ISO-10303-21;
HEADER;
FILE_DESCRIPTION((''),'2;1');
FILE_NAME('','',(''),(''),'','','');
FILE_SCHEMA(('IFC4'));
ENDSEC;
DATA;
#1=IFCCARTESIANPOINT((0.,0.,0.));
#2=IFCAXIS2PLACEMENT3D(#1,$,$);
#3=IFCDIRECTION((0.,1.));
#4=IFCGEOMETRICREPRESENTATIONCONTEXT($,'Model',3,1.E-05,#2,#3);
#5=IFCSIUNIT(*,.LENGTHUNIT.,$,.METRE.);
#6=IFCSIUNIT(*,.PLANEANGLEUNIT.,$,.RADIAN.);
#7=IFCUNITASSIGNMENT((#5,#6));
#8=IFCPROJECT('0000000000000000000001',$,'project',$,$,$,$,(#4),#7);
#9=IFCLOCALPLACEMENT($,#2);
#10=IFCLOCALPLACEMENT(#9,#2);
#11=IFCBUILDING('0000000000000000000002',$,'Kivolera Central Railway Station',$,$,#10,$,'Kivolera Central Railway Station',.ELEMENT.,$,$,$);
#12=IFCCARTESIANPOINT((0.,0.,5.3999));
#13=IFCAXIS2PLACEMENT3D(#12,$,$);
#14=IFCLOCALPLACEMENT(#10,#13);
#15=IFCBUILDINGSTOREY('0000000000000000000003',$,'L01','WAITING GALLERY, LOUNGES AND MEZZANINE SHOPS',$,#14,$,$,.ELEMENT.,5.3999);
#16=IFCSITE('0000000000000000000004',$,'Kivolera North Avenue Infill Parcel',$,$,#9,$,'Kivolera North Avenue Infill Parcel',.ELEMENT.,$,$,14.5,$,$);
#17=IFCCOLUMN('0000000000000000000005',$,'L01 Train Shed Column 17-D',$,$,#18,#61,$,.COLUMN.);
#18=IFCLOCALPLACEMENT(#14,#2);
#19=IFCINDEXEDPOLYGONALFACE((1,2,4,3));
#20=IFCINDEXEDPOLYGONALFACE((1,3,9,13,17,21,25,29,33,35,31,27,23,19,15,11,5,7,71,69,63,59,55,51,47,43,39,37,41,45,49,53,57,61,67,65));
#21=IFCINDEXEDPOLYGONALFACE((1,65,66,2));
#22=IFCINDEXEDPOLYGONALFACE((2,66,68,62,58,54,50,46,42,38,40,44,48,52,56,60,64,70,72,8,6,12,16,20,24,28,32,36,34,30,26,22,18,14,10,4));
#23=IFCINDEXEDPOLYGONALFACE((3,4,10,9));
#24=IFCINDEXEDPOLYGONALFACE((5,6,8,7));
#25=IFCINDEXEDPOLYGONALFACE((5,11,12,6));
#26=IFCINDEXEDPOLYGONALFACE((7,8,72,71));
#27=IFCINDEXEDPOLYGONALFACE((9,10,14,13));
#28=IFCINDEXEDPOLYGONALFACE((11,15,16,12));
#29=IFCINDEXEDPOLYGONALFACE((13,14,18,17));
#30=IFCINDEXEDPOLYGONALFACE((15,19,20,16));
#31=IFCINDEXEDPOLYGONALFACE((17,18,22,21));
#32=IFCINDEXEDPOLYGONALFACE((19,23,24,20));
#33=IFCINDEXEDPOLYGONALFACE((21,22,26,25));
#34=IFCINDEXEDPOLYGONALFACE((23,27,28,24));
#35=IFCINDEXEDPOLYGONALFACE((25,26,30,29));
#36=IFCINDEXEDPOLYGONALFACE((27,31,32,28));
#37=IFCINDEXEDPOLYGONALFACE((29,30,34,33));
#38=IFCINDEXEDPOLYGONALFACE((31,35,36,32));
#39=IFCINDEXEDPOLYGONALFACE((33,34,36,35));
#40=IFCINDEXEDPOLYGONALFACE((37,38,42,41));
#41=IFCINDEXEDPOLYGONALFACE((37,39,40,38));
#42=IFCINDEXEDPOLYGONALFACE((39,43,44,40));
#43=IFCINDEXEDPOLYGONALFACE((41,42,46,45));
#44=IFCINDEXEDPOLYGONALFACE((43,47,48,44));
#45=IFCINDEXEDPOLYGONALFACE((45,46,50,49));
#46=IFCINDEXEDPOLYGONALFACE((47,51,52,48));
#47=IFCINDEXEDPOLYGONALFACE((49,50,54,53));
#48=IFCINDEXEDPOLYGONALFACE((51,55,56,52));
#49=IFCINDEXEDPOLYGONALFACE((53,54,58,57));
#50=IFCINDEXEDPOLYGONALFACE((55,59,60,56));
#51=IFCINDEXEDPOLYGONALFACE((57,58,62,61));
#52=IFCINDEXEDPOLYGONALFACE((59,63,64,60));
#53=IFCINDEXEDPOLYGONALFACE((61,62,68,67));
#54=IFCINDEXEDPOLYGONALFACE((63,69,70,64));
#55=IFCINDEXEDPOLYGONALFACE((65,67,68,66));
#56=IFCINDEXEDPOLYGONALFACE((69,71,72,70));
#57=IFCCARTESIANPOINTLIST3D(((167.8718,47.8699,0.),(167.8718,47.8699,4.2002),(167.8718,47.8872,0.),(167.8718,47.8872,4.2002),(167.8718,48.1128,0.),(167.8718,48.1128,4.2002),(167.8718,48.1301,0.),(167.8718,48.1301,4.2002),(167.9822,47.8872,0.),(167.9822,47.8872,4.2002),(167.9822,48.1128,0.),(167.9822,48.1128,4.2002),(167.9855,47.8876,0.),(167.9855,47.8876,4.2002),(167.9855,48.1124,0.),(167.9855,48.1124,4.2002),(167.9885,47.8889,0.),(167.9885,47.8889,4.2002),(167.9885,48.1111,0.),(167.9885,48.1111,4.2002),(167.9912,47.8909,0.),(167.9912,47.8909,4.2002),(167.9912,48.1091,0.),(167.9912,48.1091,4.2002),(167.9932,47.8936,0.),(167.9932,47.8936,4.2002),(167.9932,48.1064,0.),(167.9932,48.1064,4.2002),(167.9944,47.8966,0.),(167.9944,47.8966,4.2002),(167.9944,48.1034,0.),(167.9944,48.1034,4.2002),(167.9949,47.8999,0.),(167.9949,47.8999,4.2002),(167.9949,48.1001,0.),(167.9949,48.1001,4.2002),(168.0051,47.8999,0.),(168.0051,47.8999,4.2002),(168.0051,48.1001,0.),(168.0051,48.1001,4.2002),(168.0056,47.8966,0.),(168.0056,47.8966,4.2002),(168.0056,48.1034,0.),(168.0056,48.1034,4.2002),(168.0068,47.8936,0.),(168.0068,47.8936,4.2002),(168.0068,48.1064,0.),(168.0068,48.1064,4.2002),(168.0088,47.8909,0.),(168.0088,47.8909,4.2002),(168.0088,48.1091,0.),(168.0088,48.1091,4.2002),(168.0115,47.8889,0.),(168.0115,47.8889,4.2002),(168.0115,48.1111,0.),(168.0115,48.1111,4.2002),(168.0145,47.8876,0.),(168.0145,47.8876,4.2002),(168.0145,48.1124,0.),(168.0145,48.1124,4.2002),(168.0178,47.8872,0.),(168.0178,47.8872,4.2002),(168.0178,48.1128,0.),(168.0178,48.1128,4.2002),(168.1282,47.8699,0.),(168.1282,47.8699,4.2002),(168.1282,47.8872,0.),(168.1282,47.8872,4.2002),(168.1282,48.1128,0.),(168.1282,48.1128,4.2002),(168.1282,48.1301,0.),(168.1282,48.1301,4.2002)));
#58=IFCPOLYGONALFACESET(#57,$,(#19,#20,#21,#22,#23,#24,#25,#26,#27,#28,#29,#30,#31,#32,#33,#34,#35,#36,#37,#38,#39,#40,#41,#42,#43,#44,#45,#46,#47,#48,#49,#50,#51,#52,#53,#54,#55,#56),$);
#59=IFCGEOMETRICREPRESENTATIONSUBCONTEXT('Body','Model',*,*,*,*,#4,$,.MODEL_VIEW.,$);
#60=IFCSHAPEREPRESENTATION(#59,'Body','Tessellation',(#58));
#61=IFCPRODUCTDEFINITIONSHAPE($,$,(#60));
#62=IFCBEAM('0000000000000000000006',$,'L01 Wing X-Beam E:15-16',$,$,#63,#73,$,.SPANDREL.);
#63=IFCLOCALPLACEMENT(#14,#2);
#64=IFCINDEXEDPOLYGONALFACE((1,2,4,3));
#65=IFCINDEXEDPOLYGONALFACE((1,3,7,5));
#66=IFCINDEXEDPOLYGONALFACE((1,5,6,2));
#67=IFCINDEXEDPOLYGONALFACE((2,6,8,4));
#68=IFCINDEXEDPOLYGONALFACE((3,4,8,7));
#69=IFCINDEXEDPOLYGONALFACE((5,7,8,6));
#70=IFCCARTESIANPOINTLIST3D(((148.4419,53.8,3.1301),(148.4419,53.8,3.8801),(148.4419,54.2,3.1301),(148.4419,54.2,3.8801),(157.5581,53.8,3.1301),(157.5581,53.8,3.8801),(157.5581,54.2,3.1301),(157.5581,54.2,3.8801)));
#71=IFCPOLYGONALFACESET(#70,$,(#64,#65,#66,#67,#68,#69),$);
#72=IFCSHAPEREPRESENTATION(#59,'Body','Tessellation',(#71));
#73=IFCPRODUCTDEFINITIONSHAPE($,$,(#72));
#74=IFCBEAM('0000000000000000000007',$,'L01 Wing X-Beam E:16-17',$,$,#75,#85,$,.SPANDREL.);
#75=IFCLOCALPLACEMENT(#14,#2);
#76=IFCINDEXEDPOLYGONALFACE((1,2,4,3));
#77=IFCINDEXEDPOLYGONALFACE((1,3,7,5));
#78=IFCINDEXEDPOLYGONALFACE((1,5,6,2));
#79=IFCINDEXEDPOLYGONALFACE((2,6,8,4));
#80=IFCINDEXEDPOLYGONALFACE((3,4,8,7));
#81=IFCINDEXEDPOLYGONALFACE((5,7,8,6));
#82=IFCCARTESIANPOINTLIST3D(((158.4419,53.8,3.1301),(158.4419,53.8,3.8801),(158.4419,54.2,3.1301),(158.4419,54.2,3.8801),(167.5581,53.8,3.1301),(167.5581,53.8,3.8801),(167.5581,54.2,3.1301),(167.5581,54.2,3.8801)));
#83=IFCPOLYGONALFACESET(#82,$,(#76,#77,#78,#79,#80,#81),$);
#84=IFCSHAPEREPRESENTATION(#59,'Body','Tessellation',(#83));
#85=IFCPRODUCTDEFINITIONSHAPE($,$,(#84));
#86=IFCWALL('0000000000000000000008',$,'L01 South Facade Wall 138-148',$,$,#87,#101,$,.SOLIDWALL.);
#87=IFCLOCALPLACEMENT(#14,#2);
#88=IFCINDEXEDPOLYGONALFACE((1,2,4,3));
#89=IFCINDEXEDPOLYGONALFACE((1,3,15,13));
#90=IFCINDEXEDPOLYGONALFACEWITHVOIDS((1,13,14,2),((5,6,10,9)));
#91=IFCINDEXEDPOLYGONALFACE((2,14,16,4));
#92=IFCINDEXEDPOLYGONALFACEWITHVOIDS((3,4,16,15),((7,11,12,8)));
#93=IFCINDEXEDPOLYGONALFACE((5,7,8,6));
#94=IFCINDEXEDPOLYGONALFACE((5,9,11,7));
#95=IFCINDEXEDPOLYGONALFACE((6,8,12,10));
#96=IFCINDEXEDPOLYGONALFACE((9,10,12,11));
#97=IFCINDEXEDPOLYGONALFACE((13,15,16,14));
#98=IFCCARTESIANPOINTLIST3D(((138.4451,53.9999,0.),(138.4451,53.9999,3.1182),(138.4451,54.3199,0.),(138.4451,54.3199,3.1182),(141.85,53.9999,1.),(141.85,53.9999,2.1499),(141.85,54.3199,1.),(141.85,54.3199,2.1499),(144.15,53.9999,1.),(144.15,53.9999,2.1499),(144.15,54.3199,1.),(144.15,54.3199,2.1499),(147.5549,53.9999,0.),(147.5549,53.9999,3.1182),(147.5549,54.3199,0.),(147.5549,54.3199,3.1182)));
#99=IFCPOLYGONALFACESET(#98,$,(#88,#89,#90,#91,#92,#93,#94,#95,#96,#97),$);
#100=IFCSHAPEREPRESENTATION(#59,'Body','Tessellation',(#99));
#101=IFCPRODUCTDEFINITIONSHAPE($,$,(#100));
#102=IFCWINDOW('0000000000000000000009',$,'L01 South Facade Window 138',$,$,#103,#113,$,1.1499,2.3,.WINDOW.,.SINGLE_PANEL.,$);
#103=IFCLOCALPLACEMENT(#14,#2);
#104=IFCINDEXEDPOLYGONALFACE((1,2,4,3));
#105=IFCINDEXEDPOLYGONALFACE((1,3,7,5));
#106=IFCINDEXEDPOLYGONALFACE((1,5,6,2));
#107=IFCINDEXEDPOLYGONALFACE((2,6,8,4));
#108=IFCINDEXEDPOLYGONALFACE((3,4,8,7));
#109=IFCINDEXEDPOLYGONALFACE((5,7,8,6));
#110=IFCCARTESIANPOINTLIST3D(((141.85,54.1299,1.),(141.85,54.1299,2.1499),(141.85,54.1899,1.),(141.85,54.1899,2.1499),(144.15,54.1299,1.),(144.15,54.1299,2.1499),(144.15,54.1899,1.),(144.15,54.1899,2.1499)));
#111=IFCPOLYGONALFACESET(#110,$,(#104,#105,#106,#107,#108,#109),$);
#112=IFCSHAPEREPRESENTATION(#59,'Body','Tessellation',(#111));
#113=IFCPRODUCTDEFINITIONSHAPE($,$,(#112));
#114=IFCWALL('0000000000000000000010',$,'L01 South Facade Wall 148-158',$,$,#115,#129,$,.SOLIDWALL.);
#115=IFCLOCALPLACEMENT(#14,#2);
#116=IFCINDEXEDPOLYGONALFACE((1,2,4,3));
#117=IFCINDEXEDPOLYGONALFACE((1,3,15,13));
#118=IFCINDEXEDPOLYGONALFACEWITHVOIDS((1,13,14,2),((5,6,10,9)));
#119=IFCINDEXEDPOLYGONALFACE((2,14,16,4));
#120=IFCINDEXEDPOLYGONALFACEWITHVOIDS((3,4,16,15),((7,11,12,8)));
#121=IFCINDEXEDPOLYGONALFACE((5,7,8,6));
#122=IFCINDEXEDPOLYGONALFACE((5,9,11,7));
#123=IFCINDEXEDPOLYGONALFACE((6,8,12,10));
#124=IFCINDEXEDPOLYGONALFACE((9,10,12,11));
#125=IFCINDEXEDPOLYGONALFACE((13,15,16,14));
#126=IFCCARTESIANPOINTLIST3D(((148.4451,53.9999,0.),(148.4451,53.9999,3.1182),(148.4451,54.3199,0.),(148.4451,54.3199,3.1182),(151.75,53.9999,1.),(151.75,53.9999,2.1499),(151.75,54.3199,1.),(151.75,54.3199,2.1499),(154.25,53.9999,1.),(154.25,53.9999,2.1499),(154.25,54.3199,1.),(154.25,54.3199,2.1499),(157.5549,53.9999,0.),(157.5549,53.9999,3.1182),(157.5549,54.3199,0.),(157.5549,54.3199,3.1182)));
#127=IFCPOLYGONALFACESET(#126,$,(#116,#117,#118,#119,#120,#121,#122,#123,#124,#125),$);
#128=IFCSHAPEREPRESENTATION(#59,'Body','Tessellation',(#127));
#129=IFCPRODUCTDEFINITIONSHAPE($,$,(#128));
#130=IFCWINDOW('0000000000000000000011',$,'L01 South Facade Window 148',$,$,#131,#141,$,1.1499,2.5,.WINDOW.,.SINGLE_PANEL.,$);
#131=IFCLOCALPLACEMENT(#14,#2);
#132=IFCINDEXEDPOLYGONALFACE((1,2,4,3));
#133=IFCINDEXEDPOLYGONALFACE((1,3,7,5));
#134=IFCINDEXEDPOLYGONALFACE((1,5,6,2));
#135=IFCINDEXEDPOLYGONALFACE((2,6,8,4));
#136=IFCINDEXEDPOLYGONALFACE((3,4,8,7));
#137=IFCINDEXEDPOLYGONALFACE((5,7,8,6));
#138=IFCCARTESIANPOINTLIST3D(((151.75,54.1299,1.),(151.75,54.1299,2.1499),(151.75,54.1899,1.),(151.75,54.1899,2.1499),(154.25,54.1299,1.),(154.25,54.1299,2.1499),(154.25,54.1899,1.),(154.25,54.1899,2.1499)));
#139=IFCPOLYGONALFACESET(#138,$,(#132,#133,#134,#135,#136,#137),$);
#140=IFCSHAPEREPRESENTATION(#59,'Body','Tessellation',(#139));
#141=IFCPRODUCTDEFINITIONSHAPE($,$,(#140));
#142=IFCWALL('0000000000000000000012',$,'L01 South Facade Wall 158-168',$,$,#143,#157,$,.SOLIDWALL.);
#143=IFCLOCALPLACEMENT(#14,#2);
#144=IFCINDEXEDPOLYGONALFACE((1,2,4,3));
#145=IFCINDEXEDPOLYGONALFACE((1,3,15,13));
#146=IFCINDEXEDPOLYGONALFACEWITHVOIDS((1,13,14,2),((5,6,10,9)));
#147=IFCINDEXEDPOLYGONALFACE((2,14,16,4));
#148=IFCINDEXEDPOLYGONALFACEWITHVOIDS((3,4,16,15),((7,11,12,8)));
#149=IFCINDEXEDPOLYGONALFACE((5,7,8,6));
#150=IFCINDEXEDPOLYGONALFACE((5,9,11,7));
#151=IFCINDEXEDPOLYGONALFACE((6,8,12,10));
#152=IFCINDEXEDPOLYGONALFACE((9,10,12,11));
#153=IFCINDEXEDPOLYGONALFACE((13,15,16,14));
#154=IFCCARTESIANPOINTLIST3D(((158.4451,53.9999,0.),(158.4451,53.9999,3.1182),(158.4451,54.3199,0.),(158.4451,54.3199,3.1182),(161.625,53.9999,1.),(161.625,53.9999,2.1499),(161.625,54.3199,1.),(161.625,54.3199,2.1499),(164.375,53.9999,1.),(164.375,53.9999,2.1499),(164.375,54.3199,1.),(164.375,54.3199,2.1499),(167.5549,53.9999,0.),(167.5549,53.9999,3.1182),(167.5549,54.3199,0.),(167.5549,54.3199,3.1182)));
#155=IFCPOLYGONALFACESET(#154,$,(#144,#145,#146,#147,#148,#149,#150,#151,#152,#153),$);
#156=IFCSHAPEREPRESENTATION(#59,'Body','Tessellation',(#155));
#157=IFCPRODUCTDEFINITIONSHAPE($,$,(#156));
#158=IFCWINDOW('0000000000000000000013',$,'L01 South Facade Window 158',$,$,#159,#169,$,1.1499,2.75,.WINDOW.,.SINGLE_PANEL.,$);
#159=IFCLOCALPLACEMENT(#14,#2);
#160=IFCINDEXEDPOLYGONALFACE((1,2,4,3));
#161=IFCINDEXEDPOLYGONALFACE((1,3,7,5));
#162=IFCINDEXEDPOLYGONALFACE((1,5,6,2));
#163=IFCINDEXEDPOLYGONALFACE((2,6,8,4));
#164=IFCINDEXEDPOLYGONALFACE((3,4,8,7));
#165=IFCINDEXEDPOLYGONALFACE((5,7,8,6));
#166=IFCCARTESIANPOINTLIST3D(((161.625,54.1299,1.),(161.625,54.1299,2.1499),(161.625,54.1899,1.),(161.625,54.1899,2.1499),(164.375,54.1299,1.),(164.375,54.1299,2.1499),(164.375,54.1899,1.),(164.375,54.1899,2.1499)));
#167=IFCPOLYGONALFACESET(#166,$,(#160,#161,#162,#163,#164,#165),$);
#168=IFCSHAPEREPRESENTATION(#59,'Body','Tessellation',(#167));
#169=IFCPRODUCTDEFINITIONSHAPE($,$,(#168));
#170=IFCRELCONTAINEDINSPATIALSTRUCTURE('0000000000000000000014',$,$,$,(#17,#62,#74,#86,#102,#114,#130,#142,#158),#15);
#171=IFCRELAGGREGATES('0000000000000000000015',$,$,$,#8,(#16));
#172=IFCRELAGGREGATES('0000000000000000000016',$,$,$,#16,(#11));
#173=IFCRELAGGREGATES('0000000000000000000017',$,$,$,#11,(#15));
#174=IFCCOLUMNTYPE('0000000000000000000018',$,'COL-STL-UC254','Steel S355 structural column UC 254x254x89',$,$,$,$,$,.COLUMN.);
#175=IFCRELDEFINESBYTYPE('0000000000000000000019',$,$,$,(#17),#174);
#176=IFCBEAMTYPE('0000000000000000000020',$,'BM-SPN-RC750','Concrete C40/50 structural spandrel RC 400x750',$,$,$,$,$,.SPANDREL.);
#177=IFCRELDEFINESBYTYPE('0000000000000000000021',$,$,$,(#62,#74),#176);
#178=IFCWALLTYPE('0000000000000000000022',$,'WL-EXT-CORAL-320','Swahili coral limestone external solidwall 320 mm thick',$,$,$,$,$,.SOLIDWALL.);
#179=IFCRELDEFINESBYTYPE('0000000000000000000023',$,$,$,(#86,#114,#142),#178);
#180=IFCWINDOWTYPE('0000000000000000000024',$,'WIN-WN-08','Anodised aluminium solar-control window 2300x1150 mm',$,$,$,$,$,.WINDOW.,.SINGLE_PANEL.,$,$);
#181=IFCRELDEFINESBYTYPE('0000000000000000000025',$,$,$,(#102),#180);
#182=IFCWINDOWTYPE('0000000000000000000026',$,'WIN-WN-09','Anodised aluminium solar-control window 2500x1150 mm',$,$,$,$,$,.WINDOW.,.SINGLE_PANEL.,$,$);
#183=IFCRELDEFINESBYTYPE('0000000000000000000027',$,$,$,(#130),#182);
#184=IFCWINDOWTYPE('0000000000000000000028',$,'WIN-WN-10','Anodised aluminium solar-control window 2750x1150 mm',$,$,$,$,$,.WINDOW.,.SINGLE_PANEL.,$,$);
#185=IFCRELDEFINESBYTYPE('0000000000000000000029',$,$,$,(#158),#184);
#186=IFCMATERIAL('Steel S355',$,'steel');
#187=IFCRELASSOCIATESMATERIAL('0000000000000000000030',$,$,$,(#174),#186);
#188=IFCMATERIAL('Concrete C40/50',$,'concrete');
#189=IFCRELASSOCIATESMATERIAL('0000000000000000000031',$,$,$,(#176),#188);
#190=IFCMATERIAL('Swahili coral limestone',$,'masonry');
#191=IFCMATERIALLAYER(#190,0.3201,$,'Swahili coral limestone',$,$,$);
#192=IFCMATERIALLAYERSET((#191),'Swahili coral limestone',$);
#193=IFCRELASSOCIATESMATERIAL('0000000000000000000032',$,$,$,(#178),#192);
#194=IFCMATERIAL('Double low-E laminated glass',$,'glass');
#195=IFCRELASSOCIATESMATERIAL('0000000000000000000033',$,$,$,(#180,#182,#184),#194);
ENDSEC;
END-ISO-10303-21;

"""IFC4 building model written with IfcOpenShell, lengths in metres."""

from ifc_helpers import new_model, si_unit, direction, frame, frame_2d, origin, origin_2d, place, context, subcontext, project, spatial, rectangle, i_section, extrude, material, layer, layer_set, material_profile, profile_set, type_object, element, fill, save


model = new_model("IFC4")

# Units and contexts
model_context = context("Model", 3, precision=1e-05, world=origin(), true_north=direction((0.0, 1.0)))
body_context = subcontext(model_context, "Body", "Model", "MODEL_VIEW")
ifc_project = project(units=[si_unit("LENGTHUNIT", "METRE"), si_unit("PLANEANGLEUNIT", "RADIAN")], contexts=[model_context])

# Site, building, storey
site_placement = place(None, origin())
site = spatial("IfcSite", under=ifc_project, at=site_placement, Name="Kivolera North Avenue Infill Parcel", LongName="Kivolera North Avenue Infill Parcel", CompositionType="ELEMENT", RefElevation=14.5)
building_placement = place(site_placement, origin())
building = spatial("IfcBuilding", under=site, at=building_placement, Name="Kivolera Central Railway Station", LongName="Kivolera Central Railway Station", CompositionType="ELEMENT")
storey_placement = place(building_placement, frame((0.0, 0.0, 5.3999)))
storey = spatial("IfcBuildingStorey", under=building, at=storey_placement, Name="L01", Description="WAITING GALLERY, LOUNGES AND MEZZANINE SHOPS", CompositionType="ELEMENT", Elevation=5.3999)

# Column
ifc_material_1 = material(Name="Concrete C40/50", Category="concrete")
ifc_material_2 = material(Name="Steel S355", Category="steel")
ifc_material_profile_1 = material_profile(ifc_material_2, i_section(OverallWidth=0.2563, OverallDepth=0.2603, WebThickness=0.0103, FlangeThickness=0.0173, FilletRadius=0.0127, at=origin_2d()), Name="UC 254x254x89")
ifc_profile_set_1 = profile_set([ifc_material_profile_1], Name="Steel S355")
column_type_1 = type_object("IfcColumnType", Name="COL-STL-UC254", Description="Steel S355 structural column UC 254x254x89", PredefinedType="COLUMN", material=ifc_profile_set_1)
for number, where, z_axis, x_axis, name in (
    (1, (168.0, 48.0, 0.0), (0.0, 0.0, 1.0), (1.0, 0.0, 0.0), "L01 Train Shed Column 17-D"),
):
    element("IfcColumn", number, at=place(storey_placement, frame(where, z_axis=z_axis, x_axis=x_axis)), inside=storey, type_object=column_type_1, Name=name, PredefinedType="COLUMN", context=body_context, shape_type="SweptSolid", body=[
        extrude(i_section(OverallWidth=0.2563, OverallDepth=0.2603, WebThickness=0.0103, FlangeThickness=0.0173, FilletRadius=0.0127, at=origin_2d()), origin(), (0.0, 0.0, 1.0), 4.2002),
    ])

# Beams
ifc_material_profile_2 = material_profile(ifc_material_1, rectangle(XDim=0.3999, YDim=0.75, at=origin_2d()), Name="RC 400x750")
ifc_profile_set_2 = profile_set([ifc_material_profile_2], Name="Concrete C40/50")
beam_type = type_object("IfcBeamType", Name="BM-SPN-RC750", Description="Concrete C40/50 structural spandrel RC 400x750", PredefinedType="SPANDREL", material=ifc_profile_set_2)
for number, where, z_axis, x_axis, name in (
    (2, (148.4419, 54.0, 3.5051), (1.0, 0.0, 0.0), (0.0, 1.0, 0.0), "L01 Wing X-Beam E:15-16"),
    (3, (158.4419, 54.0, 3.5051), (1.0, 0.0, 0.0), (0.0, 1.0, 0.0), "L01 Wing X-Beam E:16-17"),
):
    element("IfcBeam", number, at=place(storey_placement, frame(where, z_axis=z_axis, x_axis=x_axis)), inside=storey, type_object=beam_type, Name=name, PredefinedType="SPANDREL", context=body_context, shape_type="SweptSolid", body=[
        extrude(rectangle(XDim=0.3999, YDim=0.75, at=origin_2d()), origin(), (0.0, 0.0, 1.0), 9.1162),
    ])

# Walls, openings, windows
ifc_material_3 = material(Name="Swahili coral limestone", Category="masonry")
ifc_layer_1 = layer(ifc_material_3, 0.3201, Name="Swahili coral limestone")
ifc_layer_set_1 = layer_set([ifc_layer_1], Name="Swahili coral limestone")
wall_type = type_object("IfcWallType", Name="WL-EXT-CORAL-320", Description="Swahili coral limestone external solidwall 320 mm thick", PredefinedType="SOLIDWALL", material=ifc_layer_set_1)
wall_1_placement = place(storey_placement, frame((147.5549, 54.1599, 0.0), z_axis=(0.0, 0.0, 1.0), x_axis=(-1.0, 0.0, 0.0)))
wall_1 = element("IfcWall", 4, at=wall_1_placement, inside=storey, type_object=wall_type, Name="L01 South Facade Wall 138-148", PredefinedType="SOLIDWALL", context=body_context, shape_type="SweptSolid", body=[
    extrude(rectangle(XDim=9.1099, YDim=0.3201, at=frame_2d((4.5549, 0.0))), origin(), (0.0, 0.0, 1.0), 3.1182),
])
opening_1_placement = place(wall_1_placement, frame((3.405, 0.0, 1.0)))
opening_1 = element("IfcOpeningElement", 5, at=opening_1_placement, cuts=wall_1, PredefinedType="OPENING", context=body_context, shape_type="SweptSolid", body=[
    extrude(rectangle(XDim=2.3, YDim=1.1499, at=frame_2d((1.1499, 0.575))), frame((0.0, 0.1699, 0.0), z_axis=(0.0, -1.0, 0.0), x_axis=(1.0, 0.0, 0.0)), (0.0, 0.0, 1.0), 0.3401),
])
ifc_material_4 = material(Name="Double low-E laminated glass", Category="glass")
window_type_1 = type_object("IfcWindowType", Name="WIN-WN-08", Description="Anodised aluminium solar-control window 2300x1150 mm", PartitioningType="SINGLE_PANEL", PredefinedType="WINDOW", material=ifc_material_4)
window_1_placement = place(opening_1_placement, origin())
window_1 = element("IfcWindow", 6, at=window_1_placement, inside=storey, type_object=window_type_1, Name="L01 South Facade Window 138", OverallHeight=1.1499, OverallWidth=2.3, PartitioningType="SINGLE_PANEL", PredefinedType="WINDOW", context=body_context, shape_type="SweptSolid", body=[
    extrude(rectangle(XDim=2.3, YDim=1.1499, at=frame_2d((1.1499, 0.575))), frame((0.0, 0.03, 0.0), z_axis=(0.0, -1.0, 0.0), x_axis=(1.0, 0.0, 0.0)), (0.0, 0.0, 1.0), 0.0601),
])
fill(opening_1, window_1)
wall_2_placement = place(storey_placement, frame((157.5549, 54.1599, 0.0), z_axis=(0.0, 0.0, 1.0), x_axis=(-1.0, 0.0, 0.0)))
wall_2 = element("IfcWall", 7, at=wall_2_placement, inside=storey, type_object=wall_type, Name="L01 South Facade Wall 148-158", PredefinedType="SOLIDWALL", context=body_context, shape_type="SweptSolid", body=[
    extrude(rectangle(XDim=9.1099, YDim=0.3201, at=frame_2d((4.5549, 0.0))), origin(), (0.0, 0.0, 1.0), 3.1182),
])
opening_2_placement = place(wall_2_placement, frame((3.3049, 0.0, 1.0)))
opening_2 = element("IfcOpeningElement", 8, at=opening_2_placement, cuts=wall_2, PredefinedType="OPENING", context=body_context, shape_type="SweptSolid", body=[
    extrude(rectangle(XDim=2.5, YDim=1.1499, at=frame_2d((1.25, 0.575))), frame((0.0, 0.1699, 0.0), z_axis=(0.0, -1.0, 0.0), x_axis=(1.0, 0.0, 0.0)), (0.0, 0.0, 1.0), 0.3401),
])
window_type_2 = type_object("IfcWindowType", Name="WIN-WN-09", Description="Anodised aluminium solar-control window 2500x1150 mm", PartitioningType="SINGLE_PANEL", PredefinedType="WINDOW", material=ifc_material_4)
window_2_placement = place(opening_2_placement, origin())
window_2 = element("IfcWindow", 9, at=window_2_placement, inside=storey, type_object=window_type_2, Name="L01 South Facade Window 148", OverallHeight=1.1499, OverallWidth=2.5, PartitioningType="SINGLE_PANEL", PredefinedType="WINDOW", context=body_context, shape_type="SweptSolid", body=[
    extrude(rectangle(XDim=2.5, YDim=1.1499, at=frame_2d((1.25, 0.575))), frame((0.0, 0.03, 0.0), z_axis=(0.0, -1.0, 0.0), x_axis=(1.0, 0.0, 0.0)), (0.0, 0.0, 1.0), 0.0601),
])
fill(opening_2, window_2)
wall_3_placement = place(storey_placement, frame((167.5549, 54.1599, 0.0), z_axis=(0.0, 0.0, 1.0), x_axis=(-1.0, 0.0, 0.0)))
wall_3 = element("IfcWall", 10, at=wall_3_placement, inside=storey, type_object=wall_type, Name="L01 South Facade Wall 158-168", PredefinedType="SOLIDWALL", context=body_context, shape_type="SweptSolid", body=[
    extrude(rectangle(XDim=9.1099, YDim=0.3201, at=frame_2d((4.5549, 0.0))), origin(), (0.0, 0.0, 1.0), 3.1182),
])
opening_3_placement = place(wall_3_placement, frame((3.1799, 0.0, 1.0)))
opening_3 = element("IfcOpeningElement", 11, at=opening_3_placement, cuts=wall_3, PredefinedType="OPENING", context=body_context, shape_type="SweptSolid", body=[
    extrude(rectangle(XDim=2.75, YDim=1.1499, at=frame_2d((1.375, 0.575))), frame((0.0, 0.1699, 0.0), z_axis=(0.0, -1.0, 0.0), x_axis=(1.0, 0.0, 0.0)), (0.0, 0.0, 1.0), 0.3401),
])
window_type_3 = type_object("IfcWindowType", Name="WIN-WN-10", Description="Anodised aluminium solar-control window 2750x1150 mm", PartitioningType="SINGLE_PANEL", PredefinedType="WINDOW", material=ifc_material_4)
window_3_placement = place(opening_3_placement, origin())
window_3 = element("IfcWindow", 12, at=window_3_placement, inside=storey, type_object=window_type_3, Name="L01 South Facade Window 158", OverallHeight=1.1499, OverallWidth=2.75, PartitioningType="SINGLE_PANEL", PredefinedType="WINDOW", context=body_context, shape_type="SweptSolid", body=[
    extrude(rectangle(XDim=2.75, YDim=1.1499, at=frame_2d((1.375, 0.575))), frame((0.0, 0.03, 0.0), z_axis=(0.0, -1.0, 0.0), x_axis=(1.0, 0.0, 0.0)), (0.0, 0.0, 1.0), 0.0601),
])
fill(opening_3, window_3)

save(model, "model.ifc")
